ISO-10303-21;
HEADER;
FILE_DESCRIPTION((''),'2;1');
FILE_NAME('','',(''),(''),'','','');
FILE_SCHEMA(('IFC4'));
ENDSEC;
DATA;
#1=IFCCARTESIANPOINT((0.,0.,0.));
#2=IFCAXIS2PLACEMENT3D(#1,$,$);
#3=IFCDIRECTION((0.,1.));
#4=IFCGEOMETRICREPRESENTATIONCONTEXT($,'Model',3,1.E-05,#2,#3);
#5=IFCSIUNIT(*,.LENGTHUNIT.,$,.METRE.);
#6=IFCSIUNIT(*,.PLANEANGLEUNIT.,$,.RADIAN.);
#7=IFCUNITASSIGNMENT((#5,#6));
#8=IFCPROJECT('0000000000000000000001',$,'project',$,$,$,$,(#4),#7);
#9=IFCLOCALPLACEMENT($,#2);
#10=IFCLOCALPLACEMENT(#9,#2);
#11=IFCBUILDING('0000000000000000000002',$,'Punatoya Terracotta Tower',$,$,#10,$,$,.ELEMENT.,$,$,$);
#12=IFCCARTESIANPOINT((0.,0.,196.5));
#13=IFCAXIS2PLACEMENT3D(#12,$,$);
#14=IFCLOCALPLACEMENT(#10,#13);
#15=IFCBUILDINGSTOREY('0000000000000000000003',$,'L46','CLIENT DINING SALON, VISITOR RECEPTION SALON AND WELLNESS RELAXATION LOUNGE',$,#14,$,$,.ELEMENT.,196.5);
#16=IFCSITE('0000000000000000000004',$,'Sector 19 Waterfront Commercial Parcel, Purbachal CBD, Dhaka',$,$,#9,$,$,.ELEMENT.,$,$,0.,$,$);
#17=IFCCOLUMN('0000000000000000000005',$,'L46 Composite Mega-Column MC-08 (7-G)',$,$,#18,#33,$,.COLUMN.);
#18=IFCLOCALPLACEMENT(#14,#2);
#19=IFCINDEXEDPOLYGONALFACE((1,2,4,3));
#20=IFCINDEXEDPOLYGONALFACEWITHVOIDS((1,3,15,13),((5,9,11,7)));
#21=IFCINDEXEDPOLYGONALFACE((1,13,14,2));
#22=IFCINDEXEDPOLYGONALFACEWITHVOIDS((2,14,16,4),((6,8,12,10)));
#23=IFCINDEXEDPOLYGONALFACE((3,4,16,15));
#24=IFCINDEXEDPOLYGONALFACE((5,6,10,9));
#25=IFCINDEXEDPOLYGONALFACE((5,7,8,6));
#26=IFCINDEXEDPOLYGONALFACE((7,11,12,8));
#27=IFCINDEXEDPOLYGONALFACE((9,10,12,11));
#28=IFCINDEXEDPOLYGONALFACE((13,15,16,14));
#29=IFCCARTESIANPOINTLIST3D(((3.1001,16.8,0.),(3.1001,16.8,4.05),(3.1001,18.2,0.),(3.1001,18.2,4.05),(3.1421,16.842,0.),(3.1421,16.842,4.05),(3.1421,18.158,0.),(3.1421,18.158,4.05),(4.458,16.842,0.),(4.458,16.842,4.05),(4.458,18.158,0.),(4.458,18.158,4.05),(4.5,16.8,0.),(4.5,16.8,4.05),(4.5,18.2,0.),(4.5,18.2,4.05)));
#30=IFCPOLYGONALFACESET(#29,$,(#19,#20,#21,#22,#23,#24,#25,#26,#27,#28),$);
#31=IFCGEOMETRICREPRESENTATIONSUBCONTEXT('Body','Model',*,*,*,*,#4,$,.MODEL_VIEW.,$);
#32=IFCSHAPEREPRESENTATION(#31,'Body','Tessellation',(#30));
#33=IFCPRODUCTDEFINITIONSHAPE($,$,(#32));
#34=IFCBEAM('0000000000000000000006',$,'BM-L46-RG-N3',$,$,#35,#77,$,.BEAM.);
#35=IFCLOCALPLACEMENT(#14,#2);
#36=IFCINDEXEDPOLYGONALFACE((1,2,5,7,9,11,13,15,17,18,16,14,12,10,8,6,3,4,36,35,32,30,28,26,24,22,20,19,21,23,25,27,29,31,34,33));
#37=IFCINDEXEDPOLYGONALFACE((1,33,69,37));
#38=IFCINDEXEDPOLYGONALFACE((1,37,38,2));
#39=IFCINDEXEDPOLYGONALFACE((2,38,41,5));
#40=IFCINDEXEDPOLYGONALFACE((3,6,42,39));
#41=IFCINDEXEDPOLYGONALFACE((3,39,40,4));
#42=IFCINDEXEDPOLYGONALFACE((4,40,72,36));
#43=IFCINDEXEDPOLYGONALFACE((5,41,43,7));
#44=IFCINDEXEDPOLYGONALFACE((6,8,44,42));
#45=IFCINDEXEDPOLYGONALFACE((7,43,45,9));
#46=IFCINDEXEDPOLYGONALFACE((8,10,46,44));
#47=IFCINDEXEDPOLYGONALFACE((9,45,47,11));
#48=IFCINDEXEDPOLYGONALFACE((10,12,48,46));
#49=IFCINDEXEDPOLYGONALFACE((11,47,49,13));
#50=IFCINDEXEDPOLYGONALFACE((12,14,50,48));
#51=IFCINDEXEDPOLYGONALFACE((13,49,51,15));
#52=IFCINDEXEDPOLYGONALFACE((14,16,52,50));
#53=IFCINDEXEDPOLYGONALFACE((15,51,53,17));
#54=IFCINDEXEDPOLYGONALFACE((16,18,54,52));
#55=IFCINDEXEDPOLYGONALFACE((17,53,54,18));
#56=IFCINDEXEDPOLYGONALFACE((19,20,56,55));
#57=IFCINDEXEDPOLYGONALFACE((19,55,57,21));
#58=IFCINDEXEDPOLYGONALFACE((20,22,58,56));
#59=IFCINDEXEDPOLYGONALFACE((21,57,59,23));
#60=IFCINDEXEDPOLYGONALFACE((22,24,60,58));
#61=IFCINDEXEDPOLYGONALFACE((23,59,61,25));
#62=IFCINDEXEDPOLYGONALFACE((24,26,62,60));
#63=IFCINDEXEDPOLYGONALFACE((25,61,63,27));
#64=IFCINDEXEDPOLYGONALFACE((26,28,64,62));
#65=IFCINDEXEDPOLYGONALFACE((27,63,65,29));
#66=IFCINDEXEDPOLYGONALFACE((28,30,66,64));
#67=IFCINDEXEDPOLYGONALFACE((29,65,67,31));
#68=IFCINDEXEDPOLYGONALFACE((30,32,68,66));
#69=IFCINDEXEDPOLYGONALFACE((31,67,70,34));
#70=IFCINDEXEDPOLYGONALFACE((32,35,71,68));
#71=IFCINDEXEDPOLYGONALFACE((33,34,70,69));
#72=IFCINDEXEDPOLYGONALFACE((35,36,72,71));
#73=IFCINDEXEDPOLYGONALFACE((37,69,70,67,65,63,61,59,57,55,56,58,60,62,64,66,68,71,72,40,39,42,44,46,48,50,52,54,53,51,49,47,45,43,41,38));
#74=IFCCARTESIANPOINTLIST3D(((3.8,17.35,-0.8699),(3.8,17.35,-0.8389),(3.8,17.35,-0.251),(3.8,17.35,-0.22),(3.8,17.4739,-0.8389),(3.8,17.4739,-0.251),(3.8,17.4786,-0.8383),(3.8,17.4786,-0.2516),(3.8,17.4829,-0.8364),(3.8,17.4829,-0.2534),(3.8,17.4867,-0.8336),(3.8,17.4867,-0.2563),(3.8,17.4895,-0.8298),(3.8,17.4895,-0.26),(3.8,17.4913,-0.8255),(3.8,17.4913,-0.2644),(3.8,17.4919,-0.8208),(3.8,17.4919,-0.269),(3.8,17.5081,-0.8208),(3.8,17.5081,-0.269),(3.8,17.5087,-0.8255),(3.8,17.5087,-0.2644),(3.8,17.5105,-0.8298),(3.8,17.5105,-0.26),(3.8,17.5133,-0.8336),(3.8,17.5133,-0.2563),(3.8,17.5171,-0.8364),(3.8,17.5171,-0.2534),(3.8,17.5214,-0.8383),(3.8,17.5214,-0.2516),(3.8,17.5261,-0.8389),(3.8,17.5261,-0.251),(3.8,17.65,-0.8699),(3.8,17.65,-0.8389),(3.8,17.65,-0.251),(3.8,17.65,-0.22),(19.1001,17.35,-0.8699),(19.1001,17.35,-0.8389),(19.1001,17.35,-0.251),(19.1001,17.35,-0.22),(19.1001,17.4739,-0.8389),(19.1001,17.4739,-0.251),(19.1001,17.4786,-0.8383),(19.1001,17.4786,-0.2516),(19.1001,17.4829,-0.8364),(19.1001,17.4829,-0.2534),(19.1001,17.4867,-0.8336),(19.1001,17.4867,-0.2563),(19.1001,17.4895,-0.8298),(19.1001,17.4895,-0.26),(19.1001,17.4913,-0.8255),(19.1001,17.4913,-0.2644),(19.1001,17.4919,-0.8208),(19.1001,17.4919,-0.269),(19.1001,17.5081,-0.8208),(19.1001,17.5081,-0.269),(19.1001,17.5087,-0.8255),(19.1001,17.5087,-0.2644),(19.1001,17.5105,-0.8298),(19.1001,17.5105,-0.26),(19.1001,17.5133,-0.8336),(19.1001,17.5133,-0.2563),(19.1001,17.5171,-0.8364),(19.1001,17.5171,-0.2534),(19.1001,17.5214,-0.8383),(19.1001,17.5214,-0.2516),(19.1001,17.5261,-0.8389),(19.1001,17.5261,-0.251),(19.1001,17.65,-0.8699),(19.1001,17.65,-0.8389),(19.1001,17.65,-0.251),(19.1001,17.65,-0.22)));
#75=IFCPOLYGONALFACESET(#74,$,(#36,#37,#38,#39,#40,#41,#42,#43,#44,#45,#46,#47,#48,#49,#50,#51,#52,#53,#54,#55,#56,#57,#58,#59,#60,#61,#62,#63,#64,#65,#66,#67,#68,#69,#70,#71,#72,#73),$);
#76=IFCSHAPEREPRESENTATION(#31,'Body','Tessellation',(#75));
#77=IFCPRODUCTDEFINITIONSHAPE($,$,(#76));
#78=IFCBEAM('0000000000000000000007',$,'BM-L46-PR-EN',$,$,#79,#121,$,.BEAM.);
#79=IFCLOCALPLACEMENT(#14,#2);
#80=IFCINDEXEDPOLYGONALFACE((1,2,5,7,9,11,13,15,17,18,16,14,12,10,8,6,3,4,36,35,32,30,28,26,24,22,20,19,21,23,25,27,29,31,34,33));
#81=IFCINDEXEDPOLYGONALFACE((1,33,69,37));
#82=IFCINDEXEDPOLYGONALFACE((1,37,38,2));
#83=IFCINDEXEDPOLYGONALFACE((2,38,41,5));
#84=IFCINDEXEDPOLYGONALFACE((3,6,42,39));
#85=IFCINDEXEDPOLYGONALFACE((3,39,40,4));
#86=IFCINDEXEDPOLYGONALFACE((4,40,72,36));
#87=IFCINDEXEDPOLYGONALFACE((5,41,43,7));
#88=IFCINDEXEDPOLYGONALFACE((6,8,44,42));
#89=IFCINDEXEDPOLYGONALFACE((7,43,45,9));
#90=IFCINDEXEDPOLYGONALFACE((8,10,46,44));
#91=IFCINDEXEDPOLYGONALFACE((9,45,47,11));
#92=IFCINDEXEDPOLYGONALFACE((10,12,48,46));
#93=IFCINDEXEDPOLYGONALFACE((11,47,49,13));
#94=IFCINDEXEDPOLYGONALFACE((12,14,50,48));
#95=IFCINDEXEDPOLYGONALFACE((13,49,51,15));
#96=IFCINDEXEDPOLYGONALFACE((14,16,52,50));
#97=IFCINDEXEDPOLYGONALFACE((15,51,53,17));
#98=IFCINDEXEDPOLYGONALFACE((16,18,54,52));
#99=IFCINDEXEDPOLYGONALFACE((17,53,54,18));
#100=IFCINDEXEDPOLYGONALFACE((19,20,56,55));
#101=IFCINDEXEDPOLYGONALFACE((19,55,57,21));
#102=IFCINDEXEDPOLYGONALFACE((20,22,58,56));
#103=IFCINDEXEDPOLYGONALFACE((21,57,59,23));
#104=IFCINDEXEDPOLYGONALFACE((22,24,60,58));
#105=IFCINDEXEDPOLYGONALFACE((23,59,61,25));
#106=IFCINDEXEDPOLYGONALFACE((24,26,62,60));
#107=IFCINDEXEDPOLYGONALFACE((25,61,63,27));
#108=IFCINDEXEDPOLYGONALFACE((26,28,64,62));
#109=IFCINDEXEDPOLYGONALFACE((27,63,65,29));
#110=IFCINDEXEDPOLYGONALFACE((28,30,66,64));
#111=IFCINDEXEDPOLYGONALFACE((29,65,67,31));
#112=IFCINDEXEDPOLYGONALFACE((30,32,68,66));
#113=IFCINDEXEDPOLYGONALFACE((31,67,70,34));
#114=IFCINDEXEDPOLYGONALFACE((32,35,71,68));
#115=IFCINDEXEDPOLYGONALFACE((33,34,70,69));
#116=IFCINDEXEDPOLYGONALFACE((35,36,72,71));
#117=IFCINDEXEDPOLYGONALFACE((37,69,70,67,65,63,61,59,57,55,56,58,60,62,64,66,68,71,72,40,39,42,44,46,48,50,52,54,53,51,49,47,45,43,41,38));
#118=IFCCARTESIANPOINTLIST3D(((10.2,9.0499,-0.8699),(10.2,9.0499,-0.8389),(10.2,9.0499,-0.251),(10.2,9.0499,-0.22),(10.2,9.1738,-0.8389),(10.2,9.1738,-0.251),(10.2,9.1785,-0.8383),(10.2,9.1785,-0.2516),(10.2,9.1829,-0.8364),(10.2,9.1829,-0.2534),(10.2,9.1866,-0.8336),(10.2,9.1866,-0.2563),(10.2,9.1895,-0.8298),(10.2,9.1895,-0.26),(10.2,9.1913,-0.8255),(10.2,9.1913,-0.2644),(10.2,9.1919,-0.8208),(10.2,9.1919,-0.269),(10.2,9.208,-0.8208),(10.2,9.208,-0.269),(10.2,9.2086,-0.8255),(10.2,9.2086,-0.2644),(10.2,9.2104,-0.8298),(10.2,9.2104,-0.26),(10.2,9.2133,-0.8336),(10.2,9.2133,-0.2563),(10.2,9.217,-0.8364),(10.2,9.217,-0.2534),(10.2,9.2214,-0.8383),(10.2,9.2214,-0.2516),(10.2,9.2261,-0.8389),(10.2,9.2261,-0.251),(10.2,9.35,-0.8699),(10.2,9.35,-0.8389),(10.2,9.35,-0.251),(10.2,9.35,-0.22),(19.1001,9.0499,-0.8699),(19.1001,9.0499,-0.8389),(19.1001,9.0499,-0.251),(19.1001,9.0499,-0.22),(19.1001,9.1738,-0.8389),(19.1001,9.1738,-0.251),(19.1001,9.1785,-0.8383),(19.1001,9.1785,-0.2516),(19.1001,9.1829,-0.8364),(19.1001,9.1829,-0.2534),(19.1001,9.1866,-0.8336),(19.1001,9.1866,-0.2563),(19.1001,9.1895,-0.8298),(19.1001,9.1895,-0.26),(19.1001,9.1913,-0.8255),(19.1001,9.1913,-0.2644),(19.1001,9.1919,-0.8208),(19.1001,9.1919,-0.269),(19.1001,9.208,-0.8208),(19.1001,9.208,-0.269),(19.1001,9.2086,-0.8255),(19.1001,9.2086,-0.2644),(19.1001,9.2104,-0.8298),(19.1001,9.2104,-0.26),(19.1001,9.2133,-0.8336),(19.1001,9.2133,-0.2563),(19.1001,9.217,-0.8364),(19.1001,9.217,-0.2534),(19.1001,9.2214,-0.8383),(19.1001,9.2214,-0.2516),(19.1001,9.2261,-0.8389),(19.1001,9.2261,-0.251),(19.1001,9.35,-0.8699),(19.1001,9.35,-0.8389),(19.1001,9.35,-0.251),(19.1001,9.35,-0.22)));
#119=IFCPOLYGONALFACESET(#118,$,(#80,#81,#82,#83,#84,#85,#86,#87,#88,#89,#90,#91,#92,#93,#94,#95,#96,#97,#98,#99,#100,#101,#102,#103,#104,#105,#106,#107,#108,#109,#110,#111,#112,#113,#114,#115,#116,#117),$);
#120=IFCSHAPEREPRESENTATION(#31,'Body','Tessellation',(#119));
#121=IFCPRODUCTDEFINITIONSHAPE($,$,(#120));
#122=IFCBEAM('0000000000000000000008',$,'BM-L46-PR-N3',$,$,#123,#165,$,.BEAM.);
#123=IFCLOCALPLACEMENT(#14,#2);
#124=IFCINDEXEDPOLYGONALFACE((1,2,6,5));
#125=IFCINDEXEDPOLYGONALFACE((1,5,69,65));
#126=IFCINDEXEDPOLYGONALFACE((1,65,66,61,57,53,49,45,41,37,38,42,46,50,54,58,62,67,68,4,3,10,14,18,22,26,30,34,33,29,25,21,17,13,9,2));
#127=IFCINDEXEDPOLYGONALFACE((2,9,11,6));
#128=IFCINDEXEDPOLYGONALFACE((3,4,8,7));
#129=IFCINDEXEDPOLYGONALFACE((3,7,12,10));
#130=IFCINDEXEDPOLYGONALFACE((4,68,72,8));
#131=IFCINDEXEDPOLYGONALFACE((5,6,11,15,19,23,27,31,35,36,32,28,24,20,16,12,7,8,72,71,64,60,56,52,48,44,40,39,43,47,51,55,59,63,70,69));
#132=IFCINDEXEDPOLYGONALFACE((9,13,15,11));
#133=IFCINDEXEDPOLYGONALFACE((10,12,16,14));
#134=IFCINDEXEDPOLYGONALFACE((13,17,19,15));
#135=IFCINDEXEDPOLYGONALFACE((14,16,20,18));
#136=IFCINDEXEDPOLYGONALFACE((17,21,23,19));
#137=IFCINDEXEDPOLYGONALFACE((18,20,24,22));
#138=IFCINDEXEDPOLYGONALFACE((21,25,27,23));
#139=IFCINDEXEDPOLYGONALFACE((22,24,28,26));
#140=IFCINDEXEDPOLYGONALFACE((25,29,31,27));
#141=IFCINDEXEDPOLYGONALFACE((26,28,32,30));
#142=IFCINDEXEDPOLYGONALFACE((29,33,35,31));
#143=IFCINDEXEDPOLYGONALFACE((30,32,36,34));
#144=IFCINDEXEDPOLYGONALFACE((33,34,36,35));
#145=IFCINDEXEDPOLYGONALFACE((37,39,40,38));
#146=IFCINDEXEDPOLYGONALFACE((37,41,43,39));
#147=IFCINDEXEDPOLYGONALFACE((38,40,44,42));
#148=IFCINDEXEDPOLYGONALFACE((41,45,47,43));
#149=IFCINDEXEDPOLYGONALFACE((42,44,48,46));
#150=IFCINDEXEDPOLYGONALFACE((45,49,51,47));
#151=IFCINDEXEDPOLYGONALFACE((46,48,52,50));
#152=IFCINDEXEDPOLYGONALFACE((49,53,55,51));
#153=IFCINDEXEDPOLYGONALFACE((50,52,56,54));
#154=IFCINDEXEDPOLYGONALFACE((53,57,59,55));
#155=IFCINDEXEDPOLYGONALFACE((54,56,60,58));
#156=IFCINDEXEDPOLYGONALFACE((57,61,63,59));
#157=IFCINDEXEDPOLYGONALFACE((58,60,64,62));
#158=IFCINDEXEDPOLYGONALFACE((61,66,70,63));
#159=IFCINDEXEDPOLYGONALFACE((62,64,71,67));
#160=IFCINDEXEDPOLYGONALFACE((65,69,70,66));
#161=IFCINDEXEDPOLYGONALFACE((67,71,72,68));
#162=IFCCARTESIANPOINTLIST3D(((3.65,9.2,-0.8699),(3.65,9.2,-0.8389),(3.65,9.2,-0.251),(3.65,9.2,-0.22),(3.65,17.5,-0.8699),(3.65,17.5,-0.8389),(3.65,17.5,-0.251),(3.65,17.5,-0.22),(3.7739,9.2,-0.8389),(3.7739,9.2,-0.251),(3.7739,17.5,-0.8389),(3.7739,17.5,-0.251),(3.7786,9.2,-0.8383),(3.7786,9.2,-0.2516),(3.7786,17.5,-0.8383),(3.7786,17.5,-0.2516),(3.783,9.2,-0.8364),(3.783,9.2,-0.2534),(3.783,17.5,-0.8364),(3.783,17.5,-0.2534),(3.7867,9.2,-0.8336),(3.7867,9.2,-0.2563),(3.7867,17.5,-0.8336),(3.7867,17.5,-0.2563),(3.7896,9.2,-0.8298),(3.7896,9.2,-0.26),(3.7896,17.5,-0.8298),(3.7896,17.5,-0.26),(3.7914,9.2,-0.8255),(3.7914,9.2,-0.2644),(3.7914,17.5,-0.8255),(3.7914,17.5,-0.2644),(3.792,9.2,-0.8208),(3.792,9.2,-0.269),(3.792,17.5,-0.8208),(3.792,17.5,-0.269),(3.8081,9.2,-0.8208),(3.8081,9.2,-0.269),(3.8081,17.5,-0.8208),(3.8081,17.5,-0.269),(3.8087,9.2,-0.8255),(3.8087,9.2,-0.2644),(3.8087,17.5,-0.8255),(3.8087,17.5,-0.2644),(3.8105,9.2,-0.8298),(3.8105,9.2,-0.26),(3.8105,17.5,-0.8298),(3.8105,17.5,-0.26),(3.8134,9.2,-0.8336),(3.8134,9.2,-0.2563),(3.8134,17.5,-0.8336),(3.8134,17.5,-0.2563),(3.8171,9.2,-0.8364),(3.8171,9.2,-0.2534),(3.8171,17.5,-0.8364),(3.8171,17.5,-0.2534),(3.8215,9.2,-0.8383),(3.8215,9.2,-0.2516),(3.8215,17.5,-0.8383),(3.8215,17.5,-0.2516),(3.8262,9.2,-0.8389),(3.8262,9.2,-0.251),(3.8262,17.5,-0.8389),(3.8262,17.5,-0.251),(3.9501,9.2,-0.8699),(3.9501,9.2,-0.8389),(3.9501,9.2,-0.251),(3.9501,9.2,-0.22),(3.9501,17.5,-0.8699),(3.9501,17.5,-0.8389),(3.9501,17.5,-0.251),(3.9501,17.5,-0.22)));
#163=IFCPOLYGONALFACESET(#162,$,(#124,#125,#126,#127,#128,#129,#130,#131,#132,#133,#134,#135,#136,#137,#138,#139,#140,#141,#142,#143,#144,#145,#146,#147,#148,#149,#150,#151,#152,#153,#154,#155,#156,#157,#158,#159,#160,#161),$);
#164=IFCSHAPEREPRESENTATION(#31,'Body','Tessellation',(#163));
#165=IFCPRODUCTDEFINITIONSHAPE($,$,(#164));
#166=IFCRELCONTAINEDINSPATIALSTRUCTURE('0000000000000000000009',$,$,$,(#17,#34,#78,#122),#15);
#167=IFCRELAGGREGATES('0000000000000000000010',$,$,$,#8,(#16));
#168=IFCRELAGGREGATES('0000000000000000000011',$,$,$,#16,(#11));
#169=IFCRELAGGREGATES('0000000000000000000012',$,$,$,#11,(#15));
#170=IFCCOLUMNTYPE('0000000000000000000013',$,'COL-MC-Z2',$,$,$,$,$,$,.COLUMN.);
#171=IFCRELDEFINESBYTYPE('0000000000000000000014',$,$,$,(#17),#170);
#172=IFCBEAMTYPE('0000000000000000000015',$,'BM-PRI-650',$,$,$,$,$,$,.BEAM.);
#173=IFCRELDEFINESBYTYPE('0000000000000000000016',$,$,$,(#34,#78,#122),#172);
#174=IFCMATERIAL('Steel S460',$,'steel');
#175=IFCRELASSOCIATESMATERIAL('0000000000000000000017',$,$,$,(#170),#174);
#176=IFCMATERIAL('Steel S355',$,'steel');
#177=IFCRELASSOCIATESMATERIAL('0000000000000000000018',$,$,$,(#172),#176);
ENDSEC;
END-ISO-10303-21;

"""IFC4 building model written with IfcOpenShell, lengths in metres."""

from ifc_helpers import new_model, si_unit, direction, frame, origin, origin_2d, place, context, subcontext, project, spatial, hollow_rectangle, i_section, extrude, material, material_profile, profile_set, type_object, element, save


model = new_model("IFC4")

# Units and contexts
model_context = context("Model", 3, precision=1e-05, world=origin(), true_north=direction((0.0, 1.0)))
body_context = subcontext(model_context, "Body", "Model", "MODEL_VIEW")
ifc_project = project(units=[si_unit("LENGTHUNIT", "METRE"), si_unit("PLANEANGLEUNIT", "RADIAN")], contexts=[model_context])

# Site, building, storey
site_placement = place(None, origin())
site = spatial("IfcSite", under=ifc_project, at=site_placement, Name="Sector 19 Waterfront Commercial Parcel, Purbachal CBD, Dhaka", CompositionType="ELEMENT", RefElevation=0.0)
building_placement = place(site_placement, origin())
building = spatial("IfcBuilding", under=site, at=building_placement, Name="Punatoya Terracotta Tower", CompositionType="ELEMENT")
storey_placement = place(building_placement, frame((0.0, 0.0, 196.5)))
storey = spatial("IfcBuildingStorey", under=building, at=storey_placement, Name="L46", Description="CLIENT DINING SALON, VISITOR RECEPTION SALON AND WELLNESS RELAXATION LOUNGE", CompositionType="ELEMENT", Elevation=196.5)

# Column
ifc_material_1 = material(Name="Steel S460", Category="steel")
ifc_material_profile_1 = material_profile(ifc_material_1, hollow_rectangle(XDim=1.3999, YDim=1.3999, WallThickness=0.042, at=origin_2d()))
ifc_profile_set_1 = profile_set([ifc_material_profile_1], Name="Steel S460")
column_type = type_object("IfcColumnType", Name="COL-MC-Z2", PredefinedType="COLUMN", material=ifc_profile_set_1)
column_placement = place(storey_placement, frame((3.8, 17.5, 0.0), z_axis=(0.0, 0.0, 1.0), x_axis=(1.0, 0.0, 0.0)))
element("IfcColumn", 1, at=column_placement, inside=storey, type_object=column_type, Name="L46 Composite Mega-Column MC-08 (7-G)", PredefinedType="COLUMN", context=body_context, shape_type="SweptSolid", body=[
    extrude(hollow_rectangle(XDim=1.3999, YDim=1.3999, WallThickness=0.042, at=origin_2d()), origin(), (0.0, 0.0, 1.0), 4.05),
])

# Beams
ifc_material_2 = material(Name="Steel S355", Category="steel")
ifc_material_profile_2 = material_profile(ifc_material_2, i_section(OverallWidth=0.3, OverallDepth=0.6499, WebThickness=0.0161, FlangeThickness=0.031, FilletRadius=0.0181, at=origin_2d()))
ifc_profile_set_2 = profile_set([ifc_material_profile_2], Name="Steel S355")
beam_type_1 = type_object("IfcBeamType", Name="BM-PRI-650", PredefinedType="BEAM", material=ifc_profile_set_2)
beam_1_placement = place(storey_placement, frame((3.8, 17.5, -0.5449), z_axis=(1.0, 0.0, 0.0), x_axis=(0.0, 1.0, 0.0)))
element("IfcBeam", 2, at=beam_1_placement, inside=storey, type_object=beam_type_1, Name="BM-L46-RG-N3", PredefinedType="BEAM", context=body_context, shape_type="SweptSolid", body=[
    extrude(i_section(OverallWidth=0.3, OverallDepth=0.6499, WebThickness=0.0161, FlangeThickness=0.031, FilletRadius=0.0181, at=origin_2d()), origin(), (0.0, 0.0, 1.0), 15.3),
])
beam_2_placement = place(storey_placement, frame((10.2, 9.2, -0.5449), z_axis=(1.0, 0.0, 0.0), x_axis=(0.0, 1.0, 0.0)))
element("IfcBeam", 3, at=beam_2_placement, inside=storey, type_object=beam_type_1, Name="BM-L46-PR-EN", PredefinedType="BEAM", context=body_context, shape_type="SweptSolid", body=[
    extrude(i_section(OverallWidth=0.3, OverallDepth=0.6499, WebThickness=0.0161, FlangeThickness=0.031, FilletRadius=0.0181, at=origin_2d()), origin(), (0.0, 0.0, 1.0), 8.9001),
])
beam_3_placement = place(storey_placement, frame((3.8, 9.2, -0.5449), z_axis=(0.0, 1.0, 0.0), x_axis=(-1.0, 0.0, 0.0)))
element("IfcBeam", 4, at=beam_3_placement, inside=storey, type_object=beam_type_1, Name="BM-L46-PR-N3", PredefinedType="BEAM", context=body_context, shape_type="SweptSolid", body=[
    extrude(i_section(OverallWidth=0.3, OverallDepth=0.6499, WebThickness=0.0161, FlangeThickness=0.031, FilletRadius=0.0181, at=origin_2d()), origin(), (0.0, 0.0, 1.0), 8.3),
])

save(model, "model.ifc")
